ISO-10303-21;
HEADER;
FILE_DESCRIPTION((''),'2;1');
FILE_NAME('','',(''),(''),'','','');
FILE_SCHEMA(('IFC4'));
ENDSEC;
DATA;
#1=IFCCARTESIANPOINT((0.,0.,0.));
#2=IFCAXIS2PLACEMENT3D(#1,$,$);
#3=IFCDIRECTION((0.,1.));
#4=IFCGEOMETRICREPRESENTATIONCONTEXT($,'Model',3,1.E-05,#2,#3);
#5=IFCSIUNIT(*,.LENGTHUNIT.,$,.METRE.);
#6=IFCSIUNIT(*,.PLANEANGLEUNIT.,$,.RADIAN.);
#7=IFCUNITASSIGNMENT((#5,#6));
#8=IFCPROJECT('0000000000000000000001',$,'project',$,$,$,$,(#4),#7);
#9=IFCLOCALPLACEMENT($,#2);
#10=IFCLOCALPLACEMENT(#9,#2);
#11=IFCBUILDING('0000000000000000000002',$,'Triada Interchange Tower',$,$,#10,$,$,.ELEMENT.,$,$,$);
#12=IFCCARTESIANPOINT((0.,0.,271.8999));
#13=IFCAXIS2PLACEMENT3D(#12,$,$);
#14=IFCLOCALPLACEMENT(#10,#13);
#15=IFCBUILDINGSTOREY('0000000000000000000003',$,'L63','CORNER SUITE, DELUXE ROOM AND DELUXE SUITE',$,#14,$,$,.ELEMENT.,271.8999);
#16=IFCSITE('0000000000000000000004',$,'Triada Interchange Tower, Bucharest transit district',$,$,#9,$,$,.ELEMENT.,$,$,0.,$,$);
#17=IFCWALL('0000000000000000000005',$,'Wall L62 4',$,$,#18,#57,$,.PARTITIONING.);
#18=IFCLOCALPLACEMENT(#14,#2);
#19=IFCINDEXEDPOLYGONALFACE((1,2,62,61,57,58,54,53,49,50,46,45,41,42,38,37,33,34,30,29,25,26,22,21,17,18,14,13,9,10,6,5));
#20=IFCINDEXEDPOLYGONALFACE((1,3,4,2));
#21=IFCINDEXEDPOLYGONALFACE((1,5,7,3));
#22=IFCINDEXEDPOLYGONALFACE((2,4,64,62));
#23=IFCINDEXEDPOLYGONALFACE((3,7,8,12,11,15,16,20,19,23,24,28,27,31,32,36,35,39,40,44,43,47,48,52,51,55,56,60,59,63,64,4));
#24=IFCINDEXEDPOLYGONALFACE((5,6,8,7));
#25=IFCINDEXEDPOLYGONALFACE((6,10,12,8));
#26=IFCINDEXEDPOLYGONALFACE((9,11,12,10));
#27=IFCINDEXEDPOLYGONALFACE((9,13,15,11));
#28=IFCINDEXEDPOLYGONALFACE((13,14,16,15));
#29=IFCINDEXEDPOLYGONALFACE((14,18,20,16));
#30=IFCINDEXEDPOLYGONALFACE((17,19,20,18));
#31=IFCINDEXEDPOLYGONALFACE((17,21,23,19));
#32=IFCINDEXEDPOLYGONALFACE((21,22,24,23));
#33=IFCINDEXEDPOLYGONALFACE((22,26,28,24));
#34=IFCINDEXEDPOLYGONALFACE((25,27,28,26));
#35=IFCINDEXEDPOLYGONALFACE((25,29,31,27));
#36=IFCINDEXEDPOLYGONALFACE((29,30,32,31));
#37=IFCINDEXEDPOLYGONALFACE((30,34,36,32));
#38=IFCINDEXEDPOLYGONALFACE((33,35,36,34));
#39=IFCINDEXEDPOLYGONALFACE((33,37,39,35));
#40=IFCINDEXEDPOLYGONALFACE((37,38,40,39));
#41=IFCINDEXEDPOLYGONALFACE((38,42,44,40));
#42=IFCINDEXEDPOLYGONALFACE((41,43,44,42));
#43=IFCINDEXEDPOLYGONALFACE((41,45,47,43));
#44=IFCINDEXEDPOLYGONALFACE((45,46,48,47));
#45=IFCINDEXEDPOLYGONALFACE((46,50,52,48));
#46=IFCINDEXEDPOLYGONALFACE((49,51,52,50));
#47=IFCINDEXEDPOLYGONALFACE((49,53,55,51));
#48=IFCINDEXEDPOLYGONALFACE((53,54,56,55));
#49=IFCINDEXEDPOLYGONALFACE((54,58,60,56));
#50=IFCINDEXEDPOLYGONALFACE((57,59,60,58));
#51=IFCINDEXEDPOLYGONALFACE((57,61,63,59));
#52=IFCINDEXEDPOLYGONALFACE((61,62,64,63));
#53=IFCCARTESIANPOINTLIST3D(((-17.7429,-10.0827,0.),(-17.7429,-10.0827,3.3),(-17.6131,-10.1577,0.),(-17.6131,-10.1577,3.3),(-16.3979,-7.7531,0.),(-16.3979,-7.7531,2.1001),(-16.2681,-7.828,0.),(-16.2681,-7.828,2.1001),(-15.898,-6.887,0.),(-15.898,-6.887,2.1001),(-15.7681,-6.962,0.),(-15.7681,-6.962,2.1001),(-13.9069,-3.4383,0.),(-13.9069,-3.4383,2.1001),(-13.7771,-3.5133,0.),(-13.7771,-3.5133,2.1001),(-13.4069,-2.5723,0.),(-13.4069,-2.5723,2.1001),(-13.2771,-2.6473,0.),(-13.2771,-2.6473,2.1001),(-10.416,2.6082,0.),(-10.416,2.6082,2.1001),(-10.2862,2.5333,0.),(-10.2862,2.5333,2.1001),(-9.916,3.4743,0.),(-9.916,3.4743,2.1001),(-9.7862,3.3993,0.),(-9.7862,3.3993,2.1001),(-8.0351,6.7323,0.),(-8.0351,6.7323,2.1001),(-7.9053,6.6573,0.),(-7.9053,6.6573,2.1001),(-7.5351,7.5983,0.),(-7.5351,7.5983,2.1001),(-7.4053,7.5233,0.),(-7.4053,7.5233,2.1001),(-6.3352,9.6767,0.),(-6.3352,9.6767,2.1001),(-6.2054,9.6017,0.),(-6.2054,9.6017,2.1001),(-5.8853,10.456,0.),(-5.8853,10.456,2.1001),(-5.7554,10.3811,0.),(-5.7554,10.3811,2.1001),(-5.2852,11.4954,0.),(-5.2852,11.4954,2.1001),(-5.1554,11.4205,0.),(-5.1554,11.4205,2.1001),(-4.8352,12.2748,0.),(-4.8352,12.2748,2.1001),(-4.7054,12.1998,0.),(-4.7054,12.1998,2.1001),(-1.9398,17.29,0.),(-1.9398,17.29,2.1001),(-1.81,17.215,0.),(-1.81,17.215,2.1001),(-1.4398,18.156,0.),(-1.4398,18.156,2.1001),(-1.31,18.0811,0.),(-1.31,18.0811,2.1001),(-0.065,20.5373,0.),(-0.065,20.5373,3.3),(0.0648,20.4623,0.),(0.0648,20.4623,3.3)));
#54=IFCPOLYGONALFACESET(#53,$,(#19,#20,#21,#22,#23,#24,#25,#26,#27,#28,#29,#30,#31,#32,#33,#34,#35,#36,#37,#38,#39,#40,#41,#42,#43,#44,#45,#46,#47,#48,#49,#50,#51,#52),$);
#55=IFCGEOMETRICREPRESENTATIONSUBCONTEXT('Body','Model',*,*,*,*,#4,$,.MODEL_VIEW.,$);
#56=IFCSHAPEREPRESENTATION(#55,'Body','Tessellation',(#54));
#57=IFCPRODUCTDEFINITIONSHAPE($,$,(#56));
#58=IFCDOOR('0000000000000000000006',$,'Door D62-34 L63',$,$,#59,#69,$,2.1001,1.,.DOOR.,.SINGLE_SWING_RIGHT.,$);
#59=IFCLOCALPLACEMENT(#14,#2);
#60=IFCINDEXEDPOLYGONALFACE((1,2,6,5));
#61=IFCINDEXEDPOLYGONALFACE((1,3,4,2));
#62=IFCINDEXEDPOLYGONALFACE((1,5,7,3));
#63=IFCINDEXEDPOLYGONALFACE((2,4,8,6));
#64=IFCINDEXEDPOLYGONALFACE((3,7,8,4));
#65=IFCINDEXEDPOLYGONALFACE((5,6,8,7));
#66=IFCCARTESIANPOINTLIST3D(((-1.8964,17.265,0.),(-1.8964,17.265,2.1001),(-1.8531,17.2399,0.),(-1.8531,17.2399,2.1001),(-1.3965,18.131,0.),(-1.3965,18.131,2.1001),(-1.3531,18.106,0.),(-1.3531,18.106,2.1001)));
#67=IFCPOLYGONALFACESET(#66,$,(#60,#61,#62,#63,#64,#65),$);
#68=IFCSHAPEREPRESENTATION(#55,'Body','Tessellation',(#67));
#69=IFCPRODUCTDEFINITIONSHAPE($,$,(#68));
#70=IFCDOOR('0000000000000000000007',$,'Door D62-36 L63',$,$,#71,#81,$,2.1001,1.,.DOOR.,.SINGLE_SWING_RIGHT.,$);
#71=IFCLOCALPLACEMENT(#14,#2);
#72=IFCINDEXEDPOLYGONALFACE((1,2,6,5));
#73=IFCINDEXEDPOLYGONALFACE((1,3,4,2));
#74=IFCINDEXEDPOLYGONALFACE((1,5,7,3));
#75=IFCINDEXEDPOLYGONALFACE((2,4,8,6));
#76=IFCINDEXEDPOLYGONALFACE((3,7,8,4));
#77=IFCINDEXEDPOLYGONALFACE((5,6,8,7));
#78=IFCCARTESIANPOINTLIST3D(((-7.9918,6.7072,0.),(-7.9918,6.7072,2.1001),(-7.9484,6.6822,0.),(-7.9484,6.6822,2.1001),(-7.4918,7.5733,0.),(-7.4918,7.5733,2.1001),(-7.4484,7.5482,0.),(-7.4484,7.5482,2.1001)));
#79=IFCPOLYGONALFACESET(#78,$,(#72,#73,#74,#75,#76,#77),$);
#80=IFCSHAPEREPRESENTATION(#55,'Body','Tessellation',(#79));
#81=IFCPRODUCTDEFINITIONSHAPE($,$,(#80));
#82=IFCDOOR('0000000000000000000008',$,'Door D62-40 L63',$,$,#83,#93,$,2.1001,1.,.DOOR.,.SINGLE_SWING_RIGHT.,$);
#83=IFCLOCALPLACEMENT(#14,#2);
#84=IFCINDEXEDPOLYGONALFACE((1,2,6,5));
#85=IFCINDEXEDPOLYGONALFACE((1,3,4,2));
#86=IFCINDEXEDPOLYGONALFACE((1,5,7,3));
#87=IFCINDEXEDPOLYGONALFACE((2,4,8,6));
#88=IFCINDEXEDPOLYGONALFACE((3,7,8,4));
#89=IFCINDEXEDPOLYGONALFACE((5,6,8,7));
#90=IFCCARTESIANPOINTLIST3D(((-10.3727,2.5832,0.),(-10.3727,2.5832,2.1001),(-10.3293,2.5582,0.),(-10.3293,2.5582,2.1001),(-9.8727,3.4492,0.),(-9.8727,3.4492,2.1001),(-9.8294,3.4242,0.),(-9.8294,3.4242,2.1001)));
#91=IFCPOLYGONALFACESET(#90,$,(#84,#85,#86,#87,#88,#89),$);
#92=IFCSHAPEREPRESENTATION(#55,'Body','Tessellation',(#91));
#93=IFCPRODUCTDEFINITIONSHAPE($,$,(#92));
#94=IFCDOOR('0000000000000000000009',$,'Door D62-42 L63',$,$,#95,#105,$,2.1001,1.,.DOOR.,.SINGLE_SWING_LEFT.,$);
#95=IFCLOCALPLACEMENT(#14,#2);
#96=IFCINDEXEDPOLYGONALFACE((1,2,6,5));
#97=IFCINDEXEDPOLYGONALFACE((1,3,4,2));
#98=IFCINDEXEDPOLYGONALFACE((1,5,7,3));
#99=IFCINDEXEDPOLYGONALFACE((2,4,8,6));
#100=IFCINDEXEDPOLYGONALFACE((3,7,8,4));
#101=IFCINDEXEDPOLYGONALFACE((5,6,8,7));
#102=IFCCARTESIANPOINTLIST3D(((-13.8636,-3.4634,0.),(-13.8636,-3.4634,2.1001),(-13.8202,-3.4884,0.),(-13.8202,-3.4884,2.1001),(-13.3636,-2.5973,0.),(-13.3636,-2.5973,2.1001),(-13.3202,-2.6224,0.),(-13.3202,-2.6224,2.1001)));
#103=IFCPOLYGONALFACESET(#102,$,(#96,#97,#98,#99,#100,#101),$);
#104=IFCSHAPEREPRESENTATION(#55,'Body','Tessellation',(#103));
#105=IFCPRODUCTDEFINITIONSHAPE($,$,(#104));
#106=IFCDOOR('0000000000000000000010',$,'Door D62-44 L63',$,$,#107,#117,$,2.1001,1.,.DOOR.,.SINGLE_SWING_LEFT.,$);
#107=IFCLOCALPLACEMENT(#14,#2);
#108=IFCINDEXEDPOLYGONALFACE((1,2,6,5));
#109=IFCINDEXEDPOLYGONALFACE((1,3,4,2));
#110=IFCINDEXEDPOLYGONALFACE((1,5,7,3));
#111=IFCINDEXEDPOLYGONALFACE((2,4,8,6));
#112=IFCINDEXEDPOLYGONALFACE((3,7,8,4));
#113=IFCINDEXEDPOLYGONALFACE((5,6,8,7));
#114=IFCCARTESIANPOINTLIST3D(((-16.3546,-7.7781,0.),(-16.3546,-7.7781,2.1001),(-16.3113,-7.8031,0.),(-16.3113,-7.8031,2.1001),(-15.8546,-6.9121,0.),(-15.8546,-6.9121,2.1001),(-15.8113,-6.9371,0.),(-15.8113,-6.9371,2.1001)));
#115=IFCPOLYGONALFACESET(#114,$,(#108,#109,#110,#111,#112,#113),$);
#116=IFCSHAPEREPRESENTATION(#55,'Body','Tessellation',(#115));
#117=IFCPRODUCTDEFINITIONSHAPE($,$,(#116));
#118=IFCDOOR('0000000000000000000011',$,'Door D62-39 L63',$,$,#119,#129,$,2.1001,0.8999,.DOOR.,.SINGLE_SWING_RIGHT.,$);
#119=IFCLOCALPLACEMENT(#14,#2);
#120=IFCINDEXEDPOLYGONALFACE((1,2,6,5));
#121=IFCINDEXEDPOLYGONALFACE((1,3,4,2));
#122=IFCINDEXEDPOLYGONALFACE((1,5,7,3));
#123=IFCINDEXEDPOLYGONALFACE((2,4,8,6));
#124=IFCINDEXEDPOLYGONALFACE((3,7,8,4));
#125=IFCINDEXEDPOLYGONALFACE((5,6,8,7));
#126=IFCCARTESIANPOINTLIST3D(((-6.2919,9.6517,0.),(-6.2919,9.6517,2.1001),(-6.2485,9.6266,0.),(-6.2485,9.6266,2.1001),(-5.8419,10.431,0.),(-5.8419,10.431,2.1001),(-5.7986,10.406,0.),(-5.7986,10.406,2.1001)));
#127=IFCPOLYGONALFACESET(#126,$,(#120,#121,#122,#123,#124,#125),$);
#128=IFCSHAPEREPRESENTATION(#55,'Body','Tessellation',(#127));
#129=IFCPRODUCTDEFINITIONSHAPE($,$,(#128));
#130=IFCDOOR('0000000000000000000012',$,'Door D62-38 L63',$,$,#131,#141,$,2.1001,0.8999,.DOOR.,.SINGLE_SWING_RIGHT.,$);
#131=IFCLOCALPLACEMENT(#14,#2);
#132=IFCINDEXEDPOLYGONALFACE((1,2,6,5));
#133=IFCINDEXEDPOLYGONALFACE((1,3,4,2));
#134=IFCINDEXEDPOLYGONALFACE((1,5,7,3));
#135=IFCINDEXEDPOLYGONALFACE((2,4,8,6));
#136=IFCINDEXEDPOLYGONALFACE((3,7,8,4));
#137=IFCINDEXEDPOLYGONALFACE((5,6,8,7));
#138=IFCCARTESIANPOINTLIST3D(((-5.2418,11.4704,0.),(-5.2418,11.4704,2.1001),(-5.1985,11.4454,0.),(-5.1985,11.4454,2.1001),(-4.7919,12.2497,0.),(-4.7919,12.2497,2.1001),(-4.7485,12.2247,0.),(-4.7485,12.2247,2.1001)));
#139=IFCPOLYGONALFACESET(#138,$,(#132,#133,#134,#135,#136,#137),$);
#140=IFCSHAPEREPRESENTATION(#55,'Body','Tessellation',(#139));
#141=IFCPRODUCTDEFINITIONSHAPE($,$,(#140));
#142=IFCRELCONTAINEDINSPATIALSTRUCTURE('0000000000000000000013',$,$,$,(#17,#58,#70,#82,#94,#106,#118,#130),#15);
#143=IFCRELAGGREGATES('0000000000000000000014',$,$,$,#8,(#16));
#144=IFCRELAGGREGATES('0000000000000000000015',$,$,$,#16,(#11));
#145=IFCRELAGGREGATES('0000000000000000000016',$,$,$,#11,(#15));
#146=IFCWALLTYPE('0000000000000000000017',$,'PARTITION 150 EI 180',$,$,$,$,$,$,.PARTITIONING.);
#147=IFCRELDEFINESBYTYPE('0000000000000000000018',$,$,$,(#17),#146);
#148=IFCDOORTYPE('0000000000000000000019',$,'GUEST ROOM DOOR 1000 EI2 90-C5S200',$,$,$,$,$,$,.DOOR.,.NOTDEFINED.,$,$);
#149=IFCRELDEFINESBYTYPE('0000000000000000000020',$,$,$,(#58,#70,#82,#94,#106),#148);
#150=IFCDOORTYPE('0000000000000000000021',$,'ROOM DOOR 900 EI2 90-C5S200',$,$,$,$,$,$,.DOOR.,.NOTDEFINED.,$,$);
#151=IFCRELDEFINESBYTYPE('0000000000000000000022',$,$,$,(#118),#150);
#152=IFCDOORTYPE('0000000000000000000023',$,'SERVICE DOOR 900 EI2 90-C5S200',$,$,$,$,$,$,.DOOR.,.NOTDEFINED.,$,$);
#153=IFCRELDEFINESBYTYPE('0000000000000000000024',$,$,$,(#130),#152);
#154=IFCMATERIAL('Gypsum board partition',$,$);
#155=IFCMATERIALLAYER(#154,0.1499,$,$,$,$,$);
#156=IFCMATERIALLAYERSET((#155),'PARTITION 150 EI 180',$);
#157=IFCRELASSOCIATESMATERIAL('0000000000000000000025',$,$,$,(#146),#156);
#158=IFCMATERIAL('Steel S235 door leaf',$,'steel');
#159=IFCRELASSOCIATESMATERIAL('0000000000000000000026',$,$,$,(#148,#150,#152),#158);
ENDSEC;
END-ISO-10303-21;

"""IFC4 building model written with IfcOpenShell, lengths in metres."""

from ifc_helpers import new_model, si_unit, direction, frame, frame_2d, origin, place, context, subcontext, project, spatial, rectangle, extrude, material, layer, layer_set, type_object, element, fill, save


model = new_model("IFC4")

# Units and contexts
model_context = context("Model", 3, precision=1e-05, world=origin(), true_north=direction((0.0, 1.0)))
body_context = subcontext(model_context, "Body", "Model", "MODEL_VIEW")
ifc_project = project(units=[si_unit("LENGTHUNIT", "METRE"), si_unit("PLANEANGLEUNIT", "RADIAN")], contexts=[model_context])

# Site, building, storey
site_placement = place(None, origin())
site = spatial("IfcSite", under=ifc_project, at=site_placement, Name="Triada Interchange Tower, Bucharest transit district", CompositionType="ELEMENT", RefElevation=0.0)
building_placement = place(site_placement, origin())
building = spatial("IfcBuilding", under=site, at=building_placement, Name="Triada Interchange Tower", CompositionType="ELEMENT")
storey_placement = place(building_placement, frame((0.0, 0.0, 271.8999)))
storey = spatial("IfcBuildingStorey", under=building, at=storey_placement, Name="L63", Description="CORNER SUITE, DELUXE ROOM AND DELUXE SUITE", CompositionType="ELEMENT", Elevation=271.8999)

# Wall, openings, doors
ifc_material_1 = material(Name="Gypsum board partition")
ifc_layer = layer(ifc_material_1, 0.1499)
ifc_layer_set = layer_set([ifc_layer], Name="PARTITION 150 EI 180")
wall_type = type_object("IfcWallType", Name="PARTITION 150 EI 180", PredefinedType="PARTITIONING", material=ifc_layer_set)
wall_1_placement = place(storey_placement, frame((-17.678, -10.1201, 0.0), z_axis=(0.0, 0.0, 1.0), x_axis=(0.499988, 0.866032, 0.0)))
wall_1 = element("IfcWall", 1, at=wall_1_placement, inside=storey, type_object=wall_type, Name="Wall L62 4", PredefinedType="PARTITIONING", context=body_context, shape_type="SweptSolid", body=[
    extrude(rectangle(XDim=35.3567, YDim=0.1499, at=frame_2d((17.6782, 0.0))), origin(), (0.0, 0.0, 1.0), 3.3),
])
opening_1_placement = place(wall_1_placement, frame((31.6069, 0.0, 0.0)))
opening_1 = element("IfcOpeningElement", 2, at=opening_1_placement, cuts=wall_1, PredefinedType="OPENING", context=body_context, shape_type="SweptSolid", body=[
    extrude(rectangle(XDim=1.0, YDim=2.1001, at=frame_2d((0.5, 1.05))), frame((0.0, 0.085, 0.0), z_axis=(0.0, -1.0, 0.0), x_axis=(1.0, 0.0, 0.0)), (0.0, 0.0, 1.0), 0.1699),
])
opening_2_placement = place(wall_1_placement, frame((19.416, 0.0, 0.0)))
opening_2 = element("IfcOpeningElement", 3, at=opening_2_placement, cuts=wall_1, PredefinedType="OPENING", context=body_context, shape_type="SweptSolid", body=[
    extrude(rectangle(XDim=1.0, YDim=2.1001, at=frame_2d((0.5, 1.05))), frame((0.0, 0.085, 0.0), z_axis=(0.0, -1.0, 0.0), x_axis=(1.0, 0.0, 0.0)), (0.0, 0.0, 1.0), 0.1699),
])
opening_3_placement = place(wall_1_placement, frame((24.916, 0.0, 0.0)))
opening_3 = element("IfcOpeningElement", 4, at=opening_3_placement, cuts=wall_1, PredefinedType="OPENING", context=body_context, shape_type="SweptSolid", body=[
    extrude(rectangle(XDim=0.8999, YDim=2.1001, at=frame_2d((0.45, 1.05))), frame((0.0, 0.085, 0.0), z_axis=(0.0, -1.0, 0.0), x_axis=(1.0, 0.0, 0.0)), (0.0, 0.0, 1.0), 0.1699),
])
opening_4_placement = place(wall_1_placement, frame((22.8159, 0.0, 0.0)))
opening_4 = element("IfcOpeningElement", 5, at=opening_4_placement, cuts=wall_1, PredefinedType="OPENING", context=body_context, shape_type="SweptSolid", body=[
    extrude(rectangle(XDim=0.8999, YDim=2.1001, at=frame_2d((0.45, 1.05))), frame((0.0, 0.085, 0.0), z_axis=(0.0, -1.0, 0.0), x_axis=(1.0, 0.0, 0.0)), (0.0, 0.0, 1.0), 0.1699),
])
opening_5_placement = place(wall_1_placement, frame((14.6541, 0.0, 0.0)))
opening_5 = element("IfcOpeningElement", 6, at=opening_5_placement, cuts=wall_1, PredefinedType="OPENING", context=body_context, shape_type="SweptSolid", body=[
    extrude(rectangle(XDim=1.0, YDim=2.1001, at=frame_2d((0.5, 1.05))), frame((0.0, 0.085, 0.0), z_axis=(0.0, -1.0, 0.0), x_axis=(1.0, 0.0, 0.0)), (0.0, 0.0, 1.0), 0.1699),
])
opening_6_placement = place(wall_1_placement, frame((7.6721, 0.0, 0.0)))
opening_6 = element("IfcOpeningElement", 7, at=opening_6_placement, cuts=wall_1, PredefinedType="OPENING", context=body_context, shape_type="SweptSolid", body=[
    extrude(rectangle(XDim=1.0, YDim=2.1001, at=frame_2d((0.5, 1.05))), frame((0.0, 0.085, 0.0), z_axis=(0.0, -1.0, 0.0), x_axis=(1.0, 0.0, 0.0)), (0.0, 0.0, 1.0), 0.1699),
])
opening_7_placement = place(wall_1_placement, frame((2.6899, 0.0, 0.0)))
opening_7 = element("IfcOpeningElement", 8, at=opening_7_placement, cuts=wall_1, PredefinedType="OPENING", context=body_context, shape_type="SweptSolid", body=[
    extrude(rectangle(XDim=1.0, YDim=2.1001, at=frame_2d((0.5, 1.05))), frame((0.0, 0.085, 0.0), z_axis=(0.0, -1.0, 0.0), x_axis=(1.0, 0.0, 0.0)), (0.0, 0.0, 1.0), 0.1699),
])
ifc_material_2 = material(Name="Steel S235 door leaf", Category="steel")
door_type_1 = type_object("IfcDoorType", Name="GUEST ROOM DOOR 1000 EI2 90-C5S200", OperationType="NOTDEFINED", PredefinedType="DOOR", material=ifc_material_2)
door_1_placement = place(opening_1_placement, origin())
door_1 = element("IfcDoor", 9, at=door_1_placement, inside=storey, type_object=door_type_1, Name="Door D62-34 L63", OperationType="SINGLE_SWING_RIGHT", OverallHeight=2.1001, OverallWidth=1.0, PredefinedType="DOOR", context=body_context, shape_type="SweptSolid", body=[
    extrude(rectangle(XDim=1.0, YDim=2.1001, at=frame_2d((0.5, 1.05))), frame((0.0, 0.0249, 0.0), z_axis=(0.0, -1.0, 0.0), x_axis=(1.0, 0.0, 0.0)), (0.0, 0.0, 1.0), 0.05),
])
fill(opening_1, door_1)
door_2_placement = place(opening_2_placement, origin())
door_2 = element("IfcDoor", 10, at=door_2_placement, inside=storey, type_object=door_type_1, Name="Door D62-36 L63", OperationType="SINGLE_SWING_RIGHT", OverallHeight=2.1001, OverallWidth=1.0, PredefinedType="DOOR", context=body_context, shape_type="SweptSolid", body=[
    extrude(rectangle(XDim=1.0, YDim=2.1001, at=frame_2d((0.5, 1.05))), frame((0.0, 0.0249, 0.0), z_axis=(0.0, -1.0, 0.0), x_axis=(1.0, 0.0, 0.0)), (0.0, 0.0, 1.0), 0.05),
])
fill(opening_2, door_2)
door_3_placement = place(opening_5_placement, origin())
door_3 = element("IfcDoor", 11, at=door_3_placement, inside=storey, type_object=door_type_1, Name="Door D62-40 L63", OperationType="SINGLE_SWING_RIGHT", OverallHeight=2.1001, OverallWidth=1.0, PredefinedType="DOOR", context=body_context, shape_type="SweptSolid", body=[
    extrude(rectangle(XDim=1.0, YDim=2.1001, at=frame_2d((0.5, 1.05))), frame((0.0, 0.0249, 0.0), z_axis=(0.0, -1.0, 0.0), x_axis=(1.0, 0.0, 0.0)), (0.0, 0.0, 1.0), 0.05),
])
fill(opening_5, door_3)
door_4_placement = place(opening_6_placement, origin())
door_4 = element("IfcDoor", 12, at=door_4_placement, inside=storey, type_object=door_type_1, Name="Door D62-42 L63", OperationType="SINGLE_SWING_LEFT", OverallHeight=2.1001, OverallWidth=1.0, PredefinedType="DOOR", context=body_context, shape_type="SweptSolid", body=[
    extrude(rectangle(XDim=1.0, YDim=2.1001, at=frame_2d((0.5, 1.05))), frame((0.0, 0.0249, 0.0), z_axis=(0.0, -1.0, 0.0), x_axis=(1.0, 0.0, 0.0)), (0.0, 0.0, 1.0), 0.05),
])
fill(opening_6, door_4)
door_5_placement = place(opening_7_placement, origin())
door_5 = element("IfcDoor", 13, at=door_5_placement, inside=storey, type_object=door_type_1, Name="Door D62-44 L63", OperationType="SINGLE_SWING_LEFT", OverallHeight=2.1001, OverallWidth=1.0, PredefinedType="DOOR", context=body_context, shape_type="SweptSolid", body=[
    extrude(rectangle(XDim=1.0, YDim=2.1001, at=frame_2d((0.5, 1.05))), frame((0.0, 0.0249, 0.0), z_axis=(0.0, -1.0, 0.0), x_axis=(1.0, 0.0, 0.0)), (0.0, 0.0, 1.0), 0.05),
])
fill(opening_7, door_5)
door_type_2 = type_object("IfcDoorType", Name="ROOM DOOR 900 EI2 90-C5S200", OperationType="NOTDEFINED", PredefinedType="DOOR", material=ifc_material_2)
door_6_placement = place(opening_4_placement, origin())
door_6 = element("IfcDoor", 14, at=door_6_placement, inside=storey, type_object=door_type_2, Name="Door D62-39 L63", OperationType="SINGLE_SWING_RIGHT", OverallHeight=2.1001, OverallWidth=0.8999, PredefinedType="DOOR", context=body_context, shape_type="SweptSolid", body=[
    extrude(rectangle(XDim=0.8999, YDim=2.1001, at=frame_2d((0.45, 1.05))), frame((0.0, 0.0249, 0.0), z_axis=(0.0, -1.0, 0.0), x_axis=(1.0, 0.0, 0.0)), (0.0, 0.0, 1.0), 0.05),
])
fill(opening_4, door_6)
door_type_3 = type_object("IfcDoorType", Name="SERVICE DOOR 900 EI2 90-C5S200", OperationType="NOTDEFINED", PredefinedType="DOOR", material=ifc_material_2)
door_7_placement = place(opening_3_placement, origin())
door_7 = element("IfcDoor", 15, at=door_7_placement, inside=storey, type_object=door_type_3, Name="Door D62-38 L63", OperationType="SINGLE_SWING_RIGHT", OverallHeight=2.1001, OverallWidth=0.8999, PredefinedType="DOOR", context=body_context, shape_type="SweptSolid", body=[
    extrude(rectangle(XDim=0.8999, YDim=2.1001, at=frame_2d((0.45, 1.05))), frame((0.0, 0.0249, 0.0), z_axis=(0.0, -1.0, 0.0), x_axis=(1.0, 0.0, 0.0)), (0.0, 0.0, 1.0), 0.05),
])
fill(opening_3, door_7)

save(model, "model.ifc")
